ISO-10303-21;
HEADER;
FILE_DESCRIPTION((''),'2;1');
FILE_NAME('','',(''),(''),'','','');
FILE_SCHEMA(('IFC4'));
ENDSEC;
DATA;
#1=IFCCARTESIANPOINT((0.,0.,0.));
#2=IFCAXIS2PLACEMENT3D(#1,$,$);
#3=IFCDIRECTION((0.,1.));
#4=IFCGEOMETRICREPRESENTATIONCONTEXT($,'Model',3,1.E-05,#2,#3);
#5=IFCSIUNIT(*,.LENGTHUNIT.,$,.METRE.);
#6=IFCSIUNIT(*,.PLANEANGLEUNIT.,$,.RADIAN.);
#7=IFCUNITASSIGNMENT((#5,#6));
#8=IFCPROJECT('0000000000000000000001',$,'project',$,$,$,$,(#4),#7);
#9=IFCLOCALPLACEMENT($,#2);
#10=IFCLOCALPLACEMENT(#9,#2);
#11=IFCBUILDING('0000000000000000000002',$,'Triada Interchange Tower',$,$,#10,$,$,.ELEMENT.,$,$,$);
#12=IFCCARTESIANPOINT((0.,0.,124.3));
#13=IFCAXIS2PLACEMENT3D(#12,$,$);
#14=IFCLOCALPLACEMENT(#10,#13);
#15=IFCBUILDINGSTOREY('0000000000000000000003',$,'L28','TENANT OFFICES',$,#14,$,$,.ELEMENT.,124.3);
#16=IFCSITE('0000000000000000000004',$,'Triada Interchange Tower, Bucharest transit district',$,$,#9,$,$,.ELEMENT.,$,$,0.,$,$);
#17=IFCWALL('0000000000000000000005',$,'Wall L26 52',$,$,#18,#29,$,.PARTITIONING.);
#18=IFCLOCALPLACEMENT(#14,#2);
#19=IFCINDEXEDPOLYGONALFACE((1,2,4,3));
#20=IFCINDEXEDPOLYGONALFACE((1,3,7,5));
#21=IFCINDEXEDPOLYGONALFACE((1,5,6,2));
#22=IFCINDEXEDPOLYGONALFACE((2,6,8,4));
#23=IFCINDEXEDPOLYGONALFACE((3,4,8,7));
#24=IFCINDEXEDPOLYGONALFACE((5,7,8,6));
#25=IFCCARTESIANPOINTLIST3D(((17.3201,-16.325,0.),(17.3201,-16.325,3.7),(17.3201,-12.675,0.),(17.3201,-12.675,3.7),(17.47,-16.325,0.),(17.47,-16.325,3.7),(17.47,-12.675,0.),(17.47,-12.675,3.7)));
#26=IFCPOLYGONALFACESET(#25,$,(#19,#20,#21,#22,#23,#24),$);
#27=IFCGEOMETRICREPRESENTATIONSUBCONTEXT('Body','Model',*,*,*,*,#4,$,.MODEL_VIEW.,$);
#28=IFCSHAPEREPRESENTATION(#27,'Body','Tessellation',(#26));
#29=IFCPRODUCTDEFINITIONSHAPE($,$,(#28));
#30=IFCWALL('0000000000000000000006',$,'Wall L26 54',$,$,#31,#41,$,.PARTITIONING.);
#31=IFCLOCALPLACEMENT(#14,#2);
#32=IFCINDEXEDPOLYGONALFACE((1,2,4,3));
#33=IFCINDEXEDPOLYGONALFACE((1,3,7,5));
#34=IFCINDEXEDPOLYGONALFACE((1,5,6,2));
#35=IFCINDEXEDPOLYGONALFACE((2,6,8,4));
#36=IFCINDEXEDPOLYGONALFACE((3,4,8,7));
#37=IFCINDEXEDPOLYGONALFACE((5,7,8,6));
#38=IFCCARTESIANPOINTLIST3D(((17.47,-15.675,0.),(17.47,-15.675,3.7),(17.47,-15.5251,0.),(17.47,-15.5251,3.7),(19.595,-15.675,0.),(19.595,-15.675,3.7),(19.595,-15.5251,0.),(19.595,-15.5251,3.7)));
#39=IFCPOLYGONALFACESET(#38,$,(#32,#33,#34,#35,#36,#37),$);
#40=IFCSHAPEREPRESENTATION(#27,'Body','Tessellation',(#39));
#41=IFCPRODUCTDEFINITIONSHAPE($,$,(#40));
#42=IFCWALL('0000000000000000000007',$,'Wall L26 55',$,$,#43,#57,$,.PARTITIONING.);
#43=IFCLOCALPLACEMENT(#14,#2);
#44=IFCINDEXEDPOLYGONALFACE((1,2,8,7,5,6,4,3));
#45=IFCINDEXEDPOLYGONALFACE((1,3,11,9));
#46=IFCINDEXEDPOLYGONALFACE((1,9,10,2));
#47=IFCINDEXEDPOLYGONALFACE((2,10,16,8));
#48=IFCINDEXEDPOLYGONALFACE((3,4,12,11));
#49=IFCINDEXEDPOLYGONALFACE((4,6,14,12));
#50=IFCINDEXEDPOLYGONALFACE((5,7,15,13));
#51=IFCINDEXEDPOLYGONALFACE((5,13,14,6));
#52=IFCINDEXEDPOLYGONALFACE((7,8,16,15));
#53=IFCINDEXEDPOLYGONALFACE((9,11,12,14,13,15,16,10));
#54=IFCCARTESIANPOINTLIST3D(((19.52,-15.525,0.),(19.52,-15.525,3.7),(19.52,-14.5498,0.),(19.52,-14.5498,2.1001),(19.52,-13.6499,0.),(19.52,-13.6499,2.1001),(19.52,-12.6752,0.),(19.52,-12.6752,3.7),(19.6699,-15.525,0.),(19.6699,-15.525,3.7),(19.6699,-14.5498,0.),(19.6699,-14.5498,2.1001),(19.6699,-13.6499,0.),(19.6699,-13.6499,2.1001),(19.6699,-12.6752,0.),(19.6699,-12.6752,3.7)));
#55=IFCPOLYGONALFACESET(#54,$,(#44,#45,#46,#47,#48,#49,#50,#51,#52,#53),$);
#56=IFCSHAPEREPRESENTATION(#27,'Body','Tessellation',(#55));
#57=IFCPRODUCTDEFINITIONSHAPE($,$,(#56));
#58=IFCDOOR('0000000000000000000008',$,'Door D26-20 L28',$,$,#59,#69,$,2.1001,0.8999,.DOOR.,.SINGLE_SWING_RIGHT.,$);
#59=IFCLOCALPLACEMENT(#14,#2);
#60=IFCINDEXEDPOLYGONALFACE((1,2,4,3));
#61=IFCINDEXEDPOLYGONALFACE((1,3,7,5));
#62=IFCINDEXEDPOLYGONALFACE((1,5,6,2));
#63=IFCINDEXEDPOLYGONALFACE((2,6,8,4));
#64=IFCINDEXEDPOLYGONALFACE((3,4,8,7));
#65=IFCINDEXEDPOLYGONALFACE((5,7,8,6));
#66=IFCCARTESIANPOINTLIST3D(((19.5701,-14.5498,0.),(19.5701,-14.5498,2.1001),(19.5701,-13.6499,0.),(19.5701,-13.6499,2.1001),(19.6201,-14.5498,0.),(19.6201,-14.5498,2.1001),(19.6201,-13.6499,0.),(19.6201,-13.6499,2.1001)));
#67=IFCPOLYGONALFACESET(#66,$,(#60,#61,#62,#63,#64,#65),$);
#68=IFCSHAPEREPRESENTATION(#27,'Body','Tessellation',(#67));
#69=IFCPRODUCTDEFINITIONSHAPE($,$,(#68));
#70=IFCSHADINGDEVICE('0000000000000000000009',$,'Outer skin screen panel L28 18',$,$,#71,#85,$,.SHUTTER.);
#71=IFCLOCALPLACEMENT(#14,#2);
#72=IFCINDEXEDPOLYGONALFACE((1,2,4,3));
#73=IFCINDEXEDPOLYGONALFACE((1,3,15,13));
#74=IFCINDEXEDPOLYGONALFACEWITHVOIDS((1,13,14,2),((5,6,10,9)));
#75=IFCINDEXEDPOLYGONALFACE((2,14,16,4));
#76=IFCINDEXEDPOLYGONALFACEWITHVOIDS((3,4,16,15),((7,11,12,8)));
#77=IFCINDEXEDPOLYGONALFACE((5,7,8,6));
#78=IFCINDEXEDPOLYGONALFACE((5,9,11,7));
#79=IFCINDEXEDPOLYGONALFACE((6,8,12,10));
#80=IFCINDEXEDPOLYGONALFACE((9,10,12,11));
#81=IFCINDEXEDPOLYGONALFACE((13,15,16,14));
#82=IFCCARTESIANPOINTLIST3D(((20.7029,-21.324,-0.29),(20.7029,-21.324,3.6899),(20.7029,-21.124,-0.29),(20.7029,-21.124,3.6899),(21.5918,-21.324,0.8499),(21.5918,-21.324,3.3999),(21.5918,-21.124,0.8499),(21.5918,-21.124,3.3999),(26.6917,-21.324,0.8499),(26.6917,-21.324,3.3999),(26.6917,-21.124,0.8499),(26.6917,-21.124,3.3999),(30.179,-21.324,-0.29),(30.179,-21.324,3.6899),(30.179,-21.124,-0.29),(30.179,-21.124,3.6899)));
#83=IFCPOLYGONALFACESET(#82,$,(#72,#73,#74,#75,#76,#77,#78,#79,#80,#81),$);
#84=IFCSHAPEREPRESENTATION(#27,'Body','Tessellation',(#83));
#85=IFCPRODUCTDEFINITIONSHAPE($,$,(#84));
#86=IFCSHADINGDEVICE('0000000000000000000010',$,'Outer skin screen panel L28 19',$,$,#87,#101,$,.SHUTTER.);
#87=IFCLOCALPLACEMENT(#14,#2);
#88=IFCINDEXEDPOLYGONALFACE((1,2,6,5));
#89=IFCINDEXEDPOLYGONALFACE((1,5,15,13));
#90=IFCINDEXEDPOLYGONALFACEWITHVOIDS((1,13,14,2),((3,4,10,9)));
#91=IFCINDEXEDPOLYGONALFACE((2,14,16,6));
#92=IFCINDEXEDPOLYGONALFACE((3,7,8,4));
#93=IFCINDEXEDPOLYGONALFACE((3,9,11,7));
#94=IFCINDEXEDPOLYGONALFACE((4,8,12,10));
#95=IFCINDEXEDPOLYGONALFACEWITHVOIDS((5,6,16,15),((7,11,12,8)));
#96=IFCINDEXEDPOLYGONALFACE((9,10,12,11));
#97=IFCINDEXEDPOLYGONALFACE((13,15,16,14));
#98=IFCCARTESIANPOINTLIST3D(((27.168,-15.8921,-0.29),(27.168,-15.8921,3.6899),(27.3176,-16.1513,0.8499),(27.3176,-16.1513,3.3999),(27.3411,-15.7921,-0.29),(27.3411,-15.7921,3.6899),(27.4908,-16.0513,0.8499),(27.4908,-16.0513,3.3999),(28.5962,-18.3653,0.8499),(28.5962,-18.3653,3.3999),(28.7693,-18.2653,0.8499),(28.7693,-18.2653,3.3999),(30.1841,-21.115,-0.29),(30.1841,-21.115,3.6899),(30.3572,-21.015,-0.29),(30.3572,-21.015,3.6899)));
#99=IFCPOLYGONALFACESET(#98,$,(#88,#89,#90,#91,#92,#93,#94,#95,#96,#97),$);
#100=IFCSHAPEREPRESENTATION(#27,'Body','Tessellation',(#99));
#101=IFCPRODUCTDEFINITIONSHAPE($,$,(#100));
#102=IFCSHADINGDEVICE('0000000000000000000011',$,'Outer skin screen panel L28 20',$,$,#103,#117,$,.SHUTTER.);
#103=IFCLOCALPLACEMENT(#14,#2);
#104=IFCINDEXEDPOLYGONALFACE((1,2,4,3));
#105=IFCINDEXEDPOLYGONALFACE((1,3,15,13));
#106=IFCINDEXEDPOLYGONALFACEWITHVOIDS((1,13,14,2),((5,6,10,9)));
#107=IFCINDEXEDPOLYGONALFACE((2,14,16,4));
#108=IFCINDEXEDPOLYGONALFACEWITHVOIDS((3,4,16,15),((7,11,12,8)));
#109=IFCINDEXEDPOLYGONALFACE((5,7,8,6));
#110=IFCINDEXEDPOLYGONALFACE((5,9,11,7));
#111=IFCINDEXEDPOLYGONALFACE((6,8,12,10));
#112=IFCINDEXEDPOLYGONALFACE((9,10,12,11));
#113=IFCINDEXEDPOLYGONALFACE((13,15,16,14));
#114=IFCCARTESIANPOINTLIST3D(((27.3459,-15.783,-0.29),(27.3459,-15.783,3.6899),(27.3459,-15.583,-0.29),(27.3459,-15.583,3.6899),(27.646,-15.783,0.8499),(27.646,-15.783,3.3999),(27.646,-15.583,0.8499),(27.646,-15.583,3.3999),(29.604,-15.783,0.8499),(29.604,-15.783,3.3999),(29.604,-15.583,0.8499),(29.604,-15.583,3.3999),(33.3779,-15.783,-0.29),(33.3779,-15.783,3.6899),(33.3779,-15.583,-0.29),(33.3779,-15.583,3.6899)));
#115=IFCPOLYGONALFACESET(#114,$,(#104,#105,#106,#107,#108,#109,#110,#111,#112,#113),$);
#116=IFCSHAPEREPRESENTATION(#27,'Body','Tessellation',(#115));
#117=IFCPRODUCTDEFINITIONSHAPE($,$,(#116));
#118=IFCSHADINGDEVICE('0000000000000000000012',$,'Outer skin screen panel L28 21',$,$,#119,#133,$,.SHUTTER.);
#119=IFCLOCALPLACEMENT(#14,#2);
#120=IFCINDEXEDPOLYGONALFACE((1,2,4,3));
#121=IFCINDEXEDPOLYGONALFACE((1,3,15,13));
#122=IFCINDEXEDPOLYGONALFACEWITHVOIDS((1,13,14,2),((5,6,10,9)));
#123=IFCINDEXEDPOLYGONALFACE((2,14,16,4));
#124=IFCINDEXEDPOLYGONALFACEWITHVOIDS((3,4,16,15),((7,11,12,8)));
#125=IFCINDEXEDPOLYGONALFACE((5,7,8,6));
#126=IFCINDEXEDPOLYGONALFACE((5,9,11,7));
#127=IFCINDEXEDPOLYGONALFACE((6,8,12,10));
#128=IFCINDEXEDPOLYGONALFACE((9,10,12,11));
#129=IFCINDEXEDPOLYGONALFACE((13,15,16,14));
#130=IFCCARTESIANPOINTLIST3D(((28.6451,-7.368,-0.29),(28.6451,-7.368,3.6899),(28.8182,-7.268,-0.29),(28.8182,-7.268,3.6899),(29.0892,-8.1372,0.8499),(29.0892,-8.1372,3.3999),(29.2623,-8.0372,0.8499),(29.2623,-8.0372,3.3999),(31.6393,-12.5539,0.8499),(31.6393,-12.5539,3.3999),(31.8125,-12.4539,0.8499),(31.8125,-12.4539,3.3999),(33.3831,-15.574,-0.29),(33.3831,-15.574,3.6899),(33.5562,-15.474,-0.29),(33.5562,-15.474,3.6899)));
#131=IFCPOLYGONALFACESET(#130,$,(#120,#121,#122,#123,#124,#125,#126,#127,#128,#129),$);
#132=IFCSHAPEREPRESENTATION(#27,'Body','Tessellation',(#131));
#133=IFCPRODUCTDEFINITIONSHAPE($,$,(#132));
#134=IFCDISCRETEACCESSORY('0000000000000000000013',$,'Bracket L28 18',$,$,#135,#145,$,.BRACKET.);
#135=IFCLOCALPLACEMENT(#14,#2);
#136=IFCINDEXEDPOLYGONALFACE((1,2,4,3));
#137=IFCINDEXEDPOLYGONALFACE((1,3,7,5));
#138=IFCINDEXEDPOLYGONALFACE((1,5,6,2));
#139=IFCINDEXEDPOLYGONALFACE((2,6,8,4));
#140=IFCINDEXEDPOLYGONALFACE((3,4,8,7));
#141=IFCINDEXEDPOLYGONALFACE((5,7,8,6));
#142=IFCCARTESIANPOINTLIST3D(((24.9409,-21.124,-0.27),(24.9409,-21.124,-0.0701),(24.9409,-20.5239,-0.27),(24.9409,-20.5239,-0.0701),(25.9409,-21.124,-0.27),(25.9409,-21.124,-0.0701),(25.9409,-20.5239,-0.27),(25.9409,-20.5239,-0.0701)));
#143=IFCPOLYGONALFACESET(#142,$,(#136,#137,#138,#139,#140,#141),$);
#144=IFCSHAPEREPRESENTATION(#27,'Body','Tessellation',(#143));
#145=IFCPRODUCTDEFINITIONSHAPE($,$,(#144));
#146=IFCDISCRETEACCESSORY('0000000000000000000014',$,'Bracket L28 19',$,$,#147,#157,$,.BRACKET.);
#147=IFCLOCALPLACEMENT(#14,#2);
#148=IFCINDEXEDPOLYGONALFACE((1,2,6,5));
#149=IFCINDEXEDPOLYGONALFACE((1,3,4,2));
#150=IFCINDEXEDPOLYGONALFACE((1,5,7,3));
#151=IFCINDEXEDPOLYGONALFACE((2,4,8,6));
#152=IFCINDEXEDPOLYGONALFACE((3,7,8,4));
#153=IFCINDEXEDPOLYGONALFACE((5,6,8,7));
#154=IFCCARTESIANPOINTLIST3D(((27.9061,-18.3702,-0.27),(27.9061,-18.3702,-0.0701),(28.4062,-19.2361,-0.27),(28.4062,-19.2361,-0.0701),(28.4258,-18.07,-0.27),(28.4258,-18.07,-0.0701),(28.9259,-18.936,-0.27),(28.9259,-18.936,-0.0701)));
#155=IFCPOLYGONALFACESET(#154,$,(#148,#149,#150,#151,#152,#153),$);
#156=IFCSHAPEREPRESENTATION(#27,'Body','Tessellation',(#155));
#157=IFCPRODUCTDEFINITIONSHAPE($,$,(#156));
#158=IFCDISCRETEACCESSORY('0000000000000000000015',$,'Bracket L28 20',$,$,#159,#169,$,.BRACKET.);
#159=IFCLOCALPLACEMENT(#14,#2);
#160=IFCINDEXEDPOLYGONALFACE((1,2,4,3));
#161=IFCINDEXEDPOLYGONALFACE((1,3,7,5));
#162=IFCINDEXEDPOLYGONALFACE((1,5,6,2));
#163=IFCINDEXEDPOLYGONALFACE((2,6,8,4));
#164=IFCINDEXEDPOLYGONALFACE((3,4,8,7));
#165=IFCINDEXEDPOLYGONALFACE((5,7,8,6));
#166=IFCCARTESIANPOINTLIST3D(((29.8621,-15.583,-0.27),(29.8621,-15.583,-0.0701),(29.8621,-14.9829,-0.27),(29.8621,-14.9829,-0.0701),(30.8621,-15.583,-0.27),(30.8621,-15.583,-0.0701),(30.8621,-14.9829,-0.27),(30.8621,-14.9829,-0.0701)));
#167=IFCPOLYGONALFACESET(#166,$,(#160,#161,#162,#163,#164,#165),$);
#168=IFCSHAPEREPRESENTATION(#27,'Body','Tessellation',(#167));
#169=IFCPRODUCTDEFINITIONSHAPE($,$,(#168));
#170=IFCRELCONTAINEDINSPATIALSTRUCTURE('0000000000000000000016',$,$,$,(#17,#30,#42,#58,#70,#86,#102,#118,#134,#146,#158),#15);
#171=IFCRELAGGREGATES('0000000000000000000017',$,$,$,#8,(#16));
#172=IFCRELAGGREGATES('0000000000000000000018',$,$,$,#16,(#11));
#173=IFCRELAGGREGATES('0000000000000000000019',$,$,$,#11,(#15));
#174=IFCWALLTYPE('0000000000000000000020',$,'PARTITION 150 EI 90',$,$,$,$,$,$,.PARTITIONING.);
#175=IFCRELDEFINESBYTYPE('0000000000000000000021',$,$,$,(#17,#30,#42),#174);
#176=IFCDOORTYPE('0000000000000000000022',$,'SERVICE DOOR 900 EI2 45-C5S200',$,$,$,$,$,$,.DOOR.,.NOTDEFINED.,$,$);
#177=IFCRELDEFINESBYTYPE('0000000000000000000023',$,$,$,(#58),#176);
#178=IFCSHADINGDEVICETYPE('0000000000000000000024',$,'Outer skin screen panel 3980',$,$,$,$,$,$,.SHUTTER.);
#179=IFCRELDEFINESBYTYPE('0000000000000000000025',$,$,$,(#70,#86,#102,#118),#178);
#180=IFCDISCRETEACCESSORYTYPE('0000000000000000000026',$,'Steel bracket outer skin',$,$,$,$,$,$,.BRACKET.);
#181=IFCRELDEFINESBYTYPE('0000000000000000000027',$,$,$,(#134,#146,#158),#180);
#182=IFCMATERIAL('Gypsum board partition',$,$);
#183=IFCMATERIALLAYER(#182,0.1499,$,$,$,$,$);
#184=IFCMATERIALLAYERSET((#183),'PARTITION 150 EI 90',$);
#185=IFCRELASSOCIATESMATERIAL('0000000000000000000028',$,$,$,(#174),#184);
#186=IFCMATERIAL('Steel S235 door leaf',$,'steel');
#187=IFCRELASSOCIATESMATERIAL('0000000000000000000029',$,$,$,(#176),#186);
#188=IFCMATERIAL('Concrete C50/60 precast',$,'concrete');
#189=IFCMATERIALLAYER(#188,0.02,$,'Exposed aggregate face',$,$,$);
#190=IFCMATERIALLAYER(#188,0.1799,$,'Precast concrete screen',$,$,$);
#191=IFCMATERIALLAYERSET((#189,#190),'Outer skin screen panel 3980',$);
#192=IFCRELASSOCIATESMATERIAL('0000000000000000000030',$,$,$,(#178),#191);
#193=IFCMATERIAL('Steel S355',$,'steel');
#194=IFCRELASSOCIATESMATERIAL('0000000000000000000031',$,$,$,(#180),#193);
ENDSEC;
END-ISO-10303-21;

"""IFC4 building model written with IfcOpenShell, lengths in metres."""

from ifc_helpers import new_model, si_unit, direction, frame, frame_2d, origin, origin_2d, place, context, subcontext, project, spatial, polyline, rectangle, outline, extrude, material, layer, layer_set, type_object, element, fill, save


model = new_model("IFC4")

# Units and contexts
model_context = context("Model", 3, precision=1e-05, world=origin(), true_north=direction((0.0, 1.0)))
body_context = subcontext(model_context, "Body", "Model", "MODEL_VIEW")
ifc_project = project(units=[si_unit("LENGTHUNIT", "METRE"), si_unit("PLANEANGLEUNIT", "RADIAN")], contexts=[model_context])

# Site, building, storey
site_placement = place(None, origin())
site = spatial("IfcSite", under=ifc_project, at=site_placement, Name="Triada Interchange Tower, Bucharest transit district", CompositionType="ELEMENT", RefElevation=0.0)
building_placement = place(site_placement, origin())
building = spatial("IfcBuilding", under=site, at=building_placement, Name="Triada Interchange Tower", CompositionType="ELEMENT")
storey_placement = place(building_placement, frame((0.0, 0.0, 124.3)))
storey = spatial("IfcBuildingStorey", under=building, at=storey_placement, Name="L28", Description="TENANT OFFICES", CompositionType="ELEMENT", Elevation=124.3)

# Walls
ifc_material_1 = material(Name="Gypsum board partition")
ifc_layer_1 = layer(ifc_material_1, 0.1499)
ifc_layer_set_1 = layer_set([ifc_layer_1], Name="PARTITION 150 EI 90")
wall_type_1 = type_object("IfcWallType", Name="PARTITION 150 EI 90", PredefinedType="PARTITIONING", material=ifc_layer_set_1)
wall_1_placement = place(storey_placement, frame((17.395, -16.325, 0.0), z_axis=(0.0, 0.0, 1.0), x_axis=(0.0, 1.0, 0.0)))
element("IfcWall", 1, at=wall_1_placement, inside=storey, type_object=wall_type_1, Name="Wall L26 52", PredefinedType="PARTITIONING", context=body_context, shape_type="SweptSolid", body=[
    extrude(rectangle(XDim=3.6499, YDim=0.1499, at=frame_2d((1.825, 0.0))), origin(), (0.0, 0.0, 1.0), 3.7),
])
wall_2_placement = place(storey_placement, frame((17.47, -15.6001, 0.0), z_axis=(0.0, 0.0, 1.0), x_axis=(1.0, 0.0, 0.0)))
element("IfcWall", 2, at=wall_2_placement, inside=storey, type_object=wall_type_1, Name="Wall L26 54", PredefinedType="PARTITIONING", context=body_context, shape_type="SweptSolid", body=[
    extrude(rectangle(XDim=2.125, YDim=0.1499, at=frame_2d((1.0625, 0.0))), origin(), (0.0, 0.0, 1.0), 3.7),
])

# Wall, opening, door
wall_3_placement = place(storey_placement, frame((19.595, -15.5249, 0.0), z_axis=(0.0, 0.0, 1.0), x_axis=(0.0, 1.0, 0.0)))
wall_3 = element("IfcWall", 3, at=wall_3_placement, inside=storey, type_object=wall_type_1, Name="Wall L26 55", PredefinedType="PARTITIONING", context=body_context, shape_type="SweptSolid", body=[
    extrude(rectangle(XDim=2.8499, YDim=0.1499, at=frame_2d((1.4248, 0.0))), origin(), (0.0, 0.0, 1.0), 3.7),
])
opening_1_placement = place(wall_3_placement, frame((0.9751, 0.0, 0.0)))
opening_1 = element("IfcOpeningElement", 4, at=opening_1_placement, cuts=wall_3, PredefinedType="OPENING", context=body_context, shape_type="SweptSolid", body=[
    extrude(rectangle(XDim=0.8999, YDim=2.1001, at=frame_2d((0.45, 1.05))), frame((0.0, 0.085, 0.0), z_axis=(0.0, -1.0, 0.0), x_axis=(1.0, 0.0, 0.0)), (0.0, 0.0, 1.0), 0.1699),
])
ifc_material_2 = material(Name="Steel S235 door leaf", Category="steel")
door_type = type_object("IfcDoorType", Name="SERVICE DOOR 900 EI2 45-C5S200", OperationType="NOTDEFINED", PredefinedType="DOOR", material=ifc_material_2)
door_placement = place(opening_1_placement, origin())
door = element("IfcDoor", 5, at=door_placement, inside=storey, type_object=door_type, Name="Door D26-20 L28", OperationType="SINGLE_SWING_RIGHT", OverallHeight=2.1001, OverallWidth=0.8999, PredefinedType="DOOR", context=body_context, shape_type="SweptSolid", body=[
    extrude(rectangle(XDim=0.8999, YDim=2.1001, at=frame_2d((0.45, 1.05))), frame((0.0, 0.0249, 0.0), z_axis=(0.0, -1.0, 0.0), x_axis=(1.0, 0.0, 0.0)), (0.0, 0.0, 1.0), 0.05),
])
fill(opening_1, door)

# Shading devices
ifc_material_3 = material(Name="Concrete C50/60 precast", Category="concrete")
ifc_layer_2 = layer(ifc_material_3, 0.02, Name="Exposed aggregate face")
ifc_layer_3 = layer(ifc_material_3, 0.1799, Name="Precast concrete screen")
ifc_layer_set_2 = layer_set([ifc_layer_2, ifc_layer_3], Name="Outer skin screen panel 3980")
shading_device_type = type_object("IfcShadingDeviceType", Name="Outer skin screen panel 3980", PredefinedType="SHUTTER", material=ifc_layer_set_2)
shading_device_1_placement = place(storey_placement, frame((20.7029, -21.124, -0.29), z_axis=(0.0, 0.0, 1.0), x_axis=(1.0, 0.0, 0.0)))
element("IfcShadingDevice", 6, at=shading_device_1_placement, inside=storey, type_object=shading_device_type, Name="Outer skin screen panel L28 18", PredefinedType="SHUTTER", context=body_context, shape_type="SweptSolid", body=[
    extrude(outline(polyline([(0.0, 0.0), (9.4761, 0.0), (9.4761, 3.98), (0.0, 3.98), (0.0, 0.0)]), holes=[polyline([(0.8889, 1.1399), (0.8889, 3.6899), (5.9888, 3.6899), (5.9888, 1.1399), (0.8889, 1.1399)])]), frame((0.0, 0.0, 0.0), z_axis=(0.0, -1.0, 0.0), x_axis=(1.0, 0.0, 0.0)), (0.0, 0.0, 1.0), 0.2),
])
shading_device_2_placement = place(storey_placement, frame((30.1841, -21.115, -0.29), z_axis=(0.0, 0.0, 1.0), x_axis=(-0.500083, 0.865977, 0.0)))
element("IfcShadingDevice", 7, at=shading_device_2_placement, inside=storey, type_object=shading_device_type, Name="Outer skin screen panel L28 19", PredefinedType="SHUTTER", context=body_context, shape_type="SweptSolid", body=[
    extrude(outline(polyline([(0.0, 0.0), (6.0312, 0.0), (6.0312, 3.98), (0.0, 3.98), (0.0, 0.0)]), holes=[polyline([(3.1753, 1.1399), (3.1753, 3.6899), (5.7319, 3.6899), (5.7319, 1.1399), (3.1753, 1.1399)])]), frame((0.0, 0.0, 0.0), z_axis=(0.0, -1.0, 0.0), x_axis=(1.0, 0.0, 0.0)), (0.0, 0.0, 1.0), 0.2),
])
shading_device_3_placement = place(storey_placement, frame((27.3459, -15.583, -0.29), z_axis=(0.0, 0.0, 1.0), x_axis=(1.0, 0.0, 0.0)))
element("IfcShadingDevice", 8, at=shading_device_3_placement, inside=storey, type_object=shading_device_type, Name="Outer skin screen panel L28 20", PredefinedType="SHUTTER", context=body_context, shape_type="SweptSolid", body=[
    extrude(outline(polyline([(0.0, 0.0), (6.032, 0.0), (6.032, 3.98), (0.0, 3.98), (0.0, 0.0)]), holes=[polyline([(0.3, 1.1399), (0.3, 3.6899), (2.2581, 3.6899), (2.2581, 1.1399), (0.3, 1.1399)])]), frame((0.0, 0.0, 0.0), z_axis=(0.0, -1.0, 0.0), x_axis=(1.0, 0.0, 0.0)), (0.0, 0.0, 1.0), 0.2),
])
shading_device_4_placement = place(storey_placement, frame((33.3831, -15.574, -0.29), z_axis=(0.0, 0.0, 1.0), x_axis=(-0.500021, 0.866013, 0.0)))
element("IfcShadingDevice", 9, at=shading_device_4_placement, inside=storey, type_object=shading_device_type, Name="Outer skin screen panel L28 21", PredefinedType="SHUTTER", context=body_context, shape_type="SweptSolid", body=[
    extrude(outline(polyline([(0.0, 0.0), (9.4756, 0.0), (9.4756, 3.98), (0.0, 3.98), (0.0, 0.0)]), holes=[polyline([(3.4873, 1.1399), (3.4873, 3.6899), (8.5874, 3.6899), (8.5874, 1.1399), (3.4873, 1.1399)])]), frame((0.0, 0.0, 0.0), z_axis=(0.0, -1.0, 0.0), x_axis=(1.0, 0.0, 0.0)), (0.0, 0.0, 1.0), 0.2),
])

# Discrete accessories
ifc_material_4 = material(Name="Steel S355", Category="steel")
discrete_accessory_type = type_object("IfcDiscreteAccessoryType", Name="Steel bracket outer skin", PredefinedType="BRACKET", material=ifc_material_4)
for number, where, z_axis, x_axis, name in (
    (10, (25.4409, -20.824, -0.27), (0.0, 0.0, 1.0), (0.0, -1.0, 0.0), "Bracket L28 18"),
    (11, (28.416, -18.6531, -0.27), (0.0, 0.0, 1.0), (0.865964, 0.500106, 0.0), "Bracket L28 19"),
    (12, (30.3621, -15.283, -0.27), (0.0, 0.0, 1.0), (0.0, -1.0, 0.0), "Bracket L28 20"),
):
    element("IfcDiscreteAccessory", number, at=place(storey_placement, frame(where, z_axis=z_axis, x_axis=x_axis)), inside=storey, type_object=discrete_accessory_type, Name=name, PredefinedType="BRACKET", context=body_context, shape_type="SweptSolid", body=[
        extrude(rectangle(XDim=0.6001, YDim=1.0, at=origin_2d()), origin(), (0.0, 0.0, 1.0), 0.2),
    ])

save(model, "model.ifc")
